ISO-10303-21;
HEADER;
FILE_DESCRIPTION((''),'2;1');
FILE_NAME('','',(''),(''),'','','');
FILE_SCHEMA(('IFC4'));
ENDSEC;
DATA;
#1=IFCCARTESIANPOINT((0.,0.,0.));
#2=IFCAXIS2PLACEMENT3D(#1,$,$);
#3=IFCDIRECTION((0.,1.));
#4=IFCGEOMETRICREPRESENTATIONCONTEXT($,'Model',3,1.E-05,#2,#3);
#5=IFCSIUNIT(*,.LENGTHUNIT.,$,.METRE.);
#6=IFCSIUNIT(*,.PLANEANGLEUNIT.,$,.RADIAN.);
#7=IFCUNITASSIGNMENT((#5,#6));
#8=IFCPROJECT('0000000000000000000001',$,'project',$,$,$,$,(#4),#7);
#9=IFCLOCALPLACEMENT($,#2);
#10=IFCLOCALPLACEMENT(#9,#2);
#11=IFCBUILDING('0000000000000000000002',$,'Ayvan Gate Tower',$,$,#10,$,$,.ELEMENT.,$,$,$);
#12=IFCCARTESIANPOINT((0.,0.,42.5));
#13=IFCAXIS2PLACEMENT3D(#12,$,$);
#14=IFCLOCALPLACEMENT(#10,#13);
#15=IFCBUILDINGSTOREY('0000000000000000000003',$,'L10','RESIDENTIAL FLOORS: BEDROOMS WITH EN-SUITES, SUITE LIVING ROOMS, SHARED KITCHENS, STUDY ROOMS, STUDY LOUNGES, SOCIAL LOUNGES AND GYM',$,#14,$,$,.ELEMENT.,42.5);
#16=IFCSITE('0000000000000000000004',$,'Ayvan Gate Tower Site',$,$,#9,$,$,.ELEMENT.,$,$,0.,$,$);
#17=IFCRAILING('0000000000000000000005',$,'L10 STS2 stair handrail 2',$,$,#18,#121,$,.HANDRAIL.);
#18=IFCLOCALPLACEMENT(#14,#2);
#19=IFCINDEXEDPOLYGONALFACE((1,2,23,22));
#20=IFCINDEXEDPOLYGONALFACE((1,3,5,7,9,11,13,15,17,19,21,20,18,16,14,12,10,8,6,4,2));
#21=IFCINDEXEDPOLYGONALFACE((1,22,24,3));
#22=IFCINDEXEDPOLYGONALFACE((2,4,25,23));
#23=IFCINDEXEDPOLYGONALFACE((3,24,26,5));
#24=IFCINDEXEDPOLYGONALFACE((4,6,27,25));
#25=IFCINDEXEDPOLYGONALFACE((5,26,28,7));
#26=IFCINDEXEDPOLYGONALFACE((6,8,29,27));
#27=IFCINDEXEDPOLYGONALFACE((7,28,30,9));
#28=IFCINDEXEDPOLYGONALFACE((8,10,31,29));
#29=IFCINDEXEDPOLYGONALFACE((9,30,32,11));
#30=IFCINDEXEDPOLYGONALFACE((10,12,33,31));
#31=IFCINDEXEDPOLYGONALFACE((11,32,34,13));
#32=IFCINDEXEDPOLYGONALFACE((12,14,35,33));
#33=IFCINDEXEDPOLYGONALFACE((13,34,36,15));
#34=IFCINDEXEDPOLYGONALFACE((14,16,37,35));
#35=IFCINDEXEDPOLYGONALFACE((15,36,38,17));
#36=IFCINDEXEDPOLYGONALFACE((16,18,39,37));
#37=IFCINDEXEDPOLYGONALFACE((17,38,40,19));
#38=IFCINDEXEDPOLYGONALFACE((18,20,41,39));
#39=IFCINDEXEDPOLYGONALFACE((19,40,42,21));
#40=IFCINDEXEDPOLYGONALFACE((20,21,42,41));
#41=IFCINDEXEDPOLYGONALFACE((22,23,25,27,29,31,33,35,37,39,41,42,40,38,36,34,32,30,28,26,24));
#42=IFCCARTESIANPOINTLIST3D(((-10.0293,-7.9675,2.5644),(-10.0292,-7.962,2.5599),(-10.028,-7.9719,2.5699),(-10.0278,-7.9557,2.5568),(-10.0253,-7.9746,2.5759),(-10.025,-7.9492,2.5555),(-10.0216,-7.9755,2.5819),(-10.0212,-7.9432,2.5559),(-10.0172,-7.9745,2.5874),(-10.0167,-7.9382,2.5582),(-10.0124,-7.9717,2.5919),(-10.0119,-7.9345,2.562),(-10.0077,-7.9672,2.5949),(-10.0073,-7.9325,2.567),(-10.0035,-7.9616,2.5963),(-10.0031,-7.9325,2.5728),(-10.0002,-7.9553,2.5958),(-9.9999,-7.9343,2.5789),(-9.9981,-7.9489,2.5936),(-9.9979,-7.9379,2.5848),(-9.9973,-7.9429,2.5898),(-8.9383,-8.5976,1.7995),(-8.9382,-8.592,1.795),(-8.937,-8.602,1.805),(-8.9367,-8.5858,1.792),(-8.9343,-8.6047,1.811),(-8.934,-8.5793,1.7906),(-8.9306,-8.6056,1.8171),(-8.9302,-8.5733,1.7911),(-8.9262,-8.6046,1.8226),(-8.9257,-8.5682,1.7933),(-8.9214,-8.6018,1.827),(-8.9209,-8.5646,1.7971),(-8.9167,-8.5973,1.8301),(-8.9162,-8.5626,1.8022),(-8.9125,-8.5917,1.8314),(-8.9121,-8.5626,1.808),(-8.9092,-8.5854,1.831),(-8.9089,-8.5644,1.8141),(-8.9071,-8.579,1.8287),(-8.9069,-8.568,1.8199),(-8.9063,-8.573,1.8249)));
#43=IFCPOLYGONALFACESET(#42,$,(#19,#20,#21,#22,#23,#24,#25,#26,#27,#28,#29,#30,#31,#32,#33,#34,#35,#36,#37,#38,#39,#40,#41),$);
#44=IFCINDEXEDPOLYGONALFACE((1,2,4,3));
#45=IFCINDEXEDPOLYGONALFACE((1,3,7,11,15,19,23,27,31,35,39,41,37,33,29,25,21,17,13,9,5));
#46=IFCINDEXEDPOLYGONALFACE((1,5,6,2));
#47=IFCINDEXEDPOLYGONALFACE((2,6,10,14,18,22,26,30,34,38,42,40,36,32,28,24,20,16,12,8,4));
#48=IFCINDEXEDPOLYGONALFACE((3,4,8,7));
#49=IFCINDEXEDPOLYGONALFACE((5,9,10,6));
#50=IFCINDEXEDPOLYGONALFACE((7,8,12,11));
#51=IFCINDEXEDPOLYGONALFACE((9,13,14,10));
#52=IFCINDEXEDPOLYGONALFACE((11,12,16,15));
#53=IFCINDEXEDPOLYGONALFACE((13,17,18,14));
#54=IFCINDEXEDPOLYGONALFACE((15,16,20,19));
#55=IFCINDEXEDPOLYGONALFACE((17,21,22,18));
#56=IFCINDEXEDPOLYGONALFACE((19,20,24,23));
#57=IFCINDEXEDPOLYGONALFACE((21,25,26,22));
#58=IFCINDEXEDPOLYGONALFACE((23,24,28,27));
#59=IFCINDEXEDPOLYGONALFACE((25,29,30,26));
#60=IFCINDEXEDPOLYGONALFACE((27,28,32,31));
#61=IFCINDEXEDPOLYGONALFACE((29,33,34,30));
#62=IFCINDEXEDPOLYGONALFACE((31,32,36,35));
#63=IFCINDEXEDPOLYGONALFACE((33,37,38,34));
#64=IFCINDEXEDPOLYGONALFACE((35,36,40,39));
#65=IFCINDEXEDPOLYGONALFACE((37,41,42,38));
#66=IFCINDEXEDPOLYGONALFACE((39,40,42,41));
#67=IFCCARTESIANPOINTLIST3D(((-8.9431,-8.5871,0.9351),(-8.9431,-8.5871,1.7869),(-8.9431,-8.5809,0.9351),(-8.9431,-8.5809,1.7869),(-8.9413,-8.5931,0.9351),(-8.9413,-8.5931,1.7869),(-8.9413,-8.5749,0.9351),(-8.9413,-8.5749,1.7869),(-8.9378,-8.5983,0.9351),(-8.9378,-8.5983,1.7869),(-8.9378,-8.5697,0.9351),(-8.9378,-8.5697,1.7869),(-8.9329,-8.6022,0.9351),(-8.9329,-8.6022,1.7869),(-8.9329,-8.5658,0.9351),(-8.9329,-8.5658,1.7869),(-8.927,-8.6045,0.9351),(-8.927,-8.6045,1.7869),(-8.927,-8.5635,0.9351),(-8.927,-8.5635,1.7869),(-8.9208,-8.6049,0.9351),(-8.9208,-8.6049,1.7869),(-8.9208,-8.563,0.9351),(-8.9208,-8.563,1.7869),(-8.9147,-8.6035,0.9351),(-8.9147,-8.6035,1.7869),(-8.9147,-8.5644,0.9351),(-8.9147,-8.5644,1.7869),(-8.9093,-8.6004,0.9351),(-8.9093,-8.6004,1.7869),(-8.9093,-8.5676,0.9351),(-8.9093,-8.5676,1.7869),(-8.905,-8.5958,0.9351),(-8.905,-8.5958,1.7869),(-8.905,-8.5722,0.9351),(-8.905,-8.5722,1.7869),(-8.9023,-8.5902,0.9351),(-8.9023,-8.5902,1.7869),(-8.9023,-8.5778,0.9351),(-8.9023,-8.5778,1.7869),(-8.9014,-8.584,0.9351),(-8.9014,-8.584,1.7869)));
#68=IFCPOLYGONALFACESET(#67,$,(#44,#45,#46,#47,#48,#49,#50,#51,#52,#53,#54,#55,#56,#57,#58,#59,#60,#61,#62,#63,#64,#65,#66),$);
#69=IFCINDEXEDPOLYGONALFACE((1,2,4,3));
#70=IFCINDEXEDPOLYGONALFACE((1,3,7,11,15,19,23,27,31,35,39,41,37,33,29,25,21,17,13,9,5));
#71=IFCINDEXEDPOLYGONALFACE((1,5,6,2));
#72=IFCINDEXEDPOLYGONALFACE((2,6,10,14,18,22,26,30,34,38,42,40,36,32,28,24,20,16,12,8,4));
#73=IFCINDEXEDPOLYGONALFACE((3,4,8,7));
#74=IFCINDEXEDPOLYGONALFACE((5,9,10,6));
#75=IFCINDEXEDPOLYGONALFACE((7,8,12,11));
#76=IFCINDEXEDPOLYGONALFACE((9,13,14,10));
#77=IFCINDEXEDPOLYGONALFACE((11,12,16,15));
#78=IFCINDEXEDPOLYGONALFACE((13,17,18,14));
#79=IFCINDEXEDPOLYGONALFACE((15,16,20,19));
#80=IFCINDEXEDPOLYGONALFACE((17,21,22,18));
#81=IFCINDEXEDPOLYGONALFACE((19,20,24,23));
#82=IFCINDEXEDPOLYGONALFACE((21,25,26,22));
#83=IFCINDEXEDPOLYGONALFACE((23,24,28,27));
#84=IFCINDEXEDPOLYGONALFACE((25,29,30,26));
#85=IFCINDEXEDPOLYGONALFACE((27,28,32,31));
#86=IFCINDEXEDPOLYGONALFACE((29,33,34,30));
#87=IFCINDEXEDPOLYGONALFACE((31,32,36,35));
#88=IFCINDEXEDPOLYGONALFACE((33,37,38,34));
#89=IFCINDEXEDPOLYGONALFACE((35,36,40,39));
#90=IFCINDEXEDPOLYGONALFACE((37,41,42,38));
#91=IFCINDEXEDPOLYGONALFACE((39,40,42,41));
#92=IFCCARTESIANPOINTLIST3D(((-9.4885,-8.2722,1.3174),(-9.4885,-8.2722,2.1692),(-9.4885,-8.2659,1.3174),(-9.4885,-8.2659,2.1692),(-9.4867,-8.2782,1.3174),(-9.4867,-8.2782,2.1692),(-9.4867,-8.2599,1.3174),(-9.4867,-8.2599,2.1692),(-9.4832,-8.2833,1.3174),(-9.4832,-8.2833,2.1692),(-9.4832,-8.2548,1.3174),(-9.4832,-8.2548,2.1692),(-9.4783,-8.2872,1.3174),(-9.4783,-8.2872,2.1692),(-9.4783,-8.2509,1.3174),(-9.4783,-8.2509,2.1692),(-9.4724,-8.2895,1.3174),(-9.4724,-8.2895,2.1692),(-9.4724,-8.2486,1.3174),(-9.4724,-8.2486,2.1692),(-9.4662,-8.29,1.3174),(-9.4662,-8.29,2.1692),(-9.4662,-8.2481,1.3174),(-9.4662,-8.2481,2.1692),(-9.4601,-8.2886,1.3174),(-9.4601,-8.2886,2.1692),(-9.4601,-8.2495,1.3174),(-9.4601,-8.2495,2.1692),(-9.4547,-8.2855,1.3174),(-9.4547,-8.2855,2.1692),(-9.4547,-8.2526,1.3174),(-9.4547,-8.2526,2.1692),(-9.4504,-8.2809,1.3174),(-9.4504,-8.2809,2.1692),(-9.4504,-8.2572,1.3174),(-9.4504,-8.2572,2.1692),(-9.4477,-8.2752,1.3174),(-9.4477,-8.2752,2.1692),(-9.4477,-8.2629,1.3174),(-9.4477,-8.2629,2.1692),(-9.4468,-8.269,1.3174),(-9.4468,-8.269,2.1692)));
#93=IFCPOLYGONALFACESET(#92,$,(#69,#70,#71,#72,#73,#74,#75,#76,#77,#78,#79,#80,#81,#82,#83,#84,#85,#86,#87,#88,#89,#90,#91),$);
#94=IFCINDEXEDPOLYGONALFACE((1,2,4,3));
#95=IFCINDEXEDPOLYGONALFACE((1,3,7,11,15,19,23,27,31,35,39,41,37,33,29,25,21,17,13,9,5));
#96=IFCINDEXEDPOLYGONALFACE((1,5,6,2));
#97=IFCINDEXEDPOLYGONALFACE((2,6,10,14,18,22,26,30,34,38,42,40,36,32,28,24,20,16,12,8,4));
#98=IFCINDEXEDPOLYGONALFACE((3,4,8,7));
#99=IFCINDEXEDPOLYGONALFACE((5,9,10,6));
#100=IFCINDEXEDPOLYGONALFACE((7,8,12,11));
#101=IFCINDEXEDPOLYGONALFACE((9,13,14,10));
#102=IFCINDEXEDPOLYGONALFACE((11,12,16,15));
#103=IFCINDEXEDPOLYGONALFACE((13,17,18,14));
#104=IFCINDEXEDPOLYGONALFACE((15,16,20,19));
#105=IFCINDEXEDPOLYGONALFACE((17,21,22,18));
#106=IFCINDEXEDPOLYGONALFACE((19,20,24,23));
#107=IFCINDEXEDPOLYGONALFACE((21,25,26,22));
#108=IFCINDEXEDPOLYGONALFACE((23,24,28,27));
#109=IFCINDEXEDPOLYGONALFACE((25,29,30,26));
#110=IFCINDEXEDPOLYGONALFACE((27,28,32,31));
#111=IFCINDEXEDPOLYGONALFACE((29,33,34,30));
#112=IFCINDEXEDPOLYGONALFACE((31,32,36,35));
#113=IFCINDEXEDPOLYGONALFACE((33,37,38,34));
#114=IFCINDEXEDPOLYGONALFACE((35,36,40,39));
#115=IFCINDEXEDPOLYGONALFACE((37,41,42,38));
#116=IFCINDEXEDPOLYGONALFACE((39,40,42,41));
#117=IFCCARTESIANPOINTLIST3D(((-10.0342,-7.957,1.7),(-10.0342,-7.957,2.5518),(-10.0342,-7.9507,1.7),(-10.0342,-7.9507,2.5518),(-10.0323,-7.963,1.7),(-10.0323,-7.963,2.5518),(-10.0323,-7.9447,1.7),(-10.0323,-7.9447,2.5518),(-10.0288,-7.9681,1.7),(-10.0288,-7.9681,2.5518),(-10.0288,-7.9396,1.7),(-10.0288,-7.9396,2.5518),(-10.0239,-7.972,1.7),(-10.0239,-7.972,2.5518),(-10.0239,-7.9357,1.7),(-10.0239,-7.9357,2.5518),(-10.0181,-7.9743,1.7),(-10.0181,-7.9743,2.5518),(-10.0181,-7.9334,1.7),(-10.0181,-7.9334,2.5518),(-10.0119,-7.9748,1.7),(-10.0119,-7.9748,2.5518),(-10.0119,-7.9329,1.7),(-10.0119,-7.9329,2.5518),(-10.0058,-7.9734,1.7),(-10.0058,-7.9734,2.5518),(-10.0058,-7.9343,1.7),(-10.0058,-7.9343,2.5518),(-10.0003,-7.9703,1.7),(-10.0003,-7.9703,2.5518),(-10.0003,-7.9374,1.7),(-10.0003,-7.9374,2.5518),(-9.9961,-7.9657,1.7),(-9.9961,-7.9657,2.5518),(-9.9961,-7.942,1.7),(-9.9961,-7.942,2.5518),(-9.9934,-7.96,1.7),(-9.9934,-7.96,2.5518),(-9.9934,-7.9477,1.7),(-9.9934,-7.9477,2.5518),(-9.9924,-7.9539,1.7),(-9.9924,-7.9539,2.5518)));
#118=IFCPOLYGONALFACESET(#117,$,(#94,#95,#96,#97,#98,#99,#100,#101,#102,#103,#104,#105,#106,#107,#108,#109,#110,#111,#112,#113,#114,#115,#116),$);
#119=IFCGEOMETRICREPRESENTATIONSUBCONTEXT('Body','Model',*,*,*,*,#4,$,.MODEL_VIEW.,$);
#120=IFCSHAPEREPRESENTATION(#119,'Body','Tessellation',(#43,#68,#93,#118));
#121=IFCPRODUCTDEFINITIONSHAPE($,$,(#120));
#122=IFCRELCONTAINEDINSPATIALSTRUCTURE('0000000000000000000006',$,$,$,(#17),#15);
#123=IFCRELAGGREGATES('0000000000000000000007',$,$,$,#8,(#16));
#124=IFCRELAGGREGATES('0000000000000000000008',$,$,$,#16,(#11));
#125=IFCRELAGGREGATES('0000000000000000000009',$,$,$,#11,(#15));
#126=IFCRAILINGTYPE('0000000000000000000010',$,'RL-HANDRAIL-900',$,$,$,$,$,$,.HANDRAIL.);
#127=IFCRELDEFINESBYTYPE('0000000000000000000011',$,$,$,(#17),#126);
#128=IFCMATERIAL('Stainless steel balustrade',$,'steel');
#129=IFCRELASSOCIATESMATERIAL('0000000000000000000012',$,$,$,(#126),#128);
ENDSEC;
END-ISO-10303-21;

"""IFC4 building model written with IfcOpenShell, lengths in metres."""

from ifc_helpers import new_model, si_unit, direction, frame, origin, origin_2d, place, context, subcontext, project, spatial, circle, extrude, material, type_object, element, save


model = new_model("IFC4")

# Units and contexts
model_context = context("Model", 3, precision=1e-05, world=origin(), true_north=direction((0.0, 1.0)))
body_context = subcontext(model_context, "Body", "Model", "MODEL_VIEW")
ifc_project = project(units=[si_unit("LENGTHUNIT", "METRE"), si_unit("PLANEANGLEUNIT", "RADIAN")], contexts=[model_context])

# Site, building, storey
site_placement = place(None, origin())
site = spatial("IfcSite", under=ifc_project, at=site_placement, Name="Ayvan Gate Tower Site", CompositionType="ELEMENT", RefElevation=0.0)
building_placement = place(site_placement, origin())
building = spatial("IfcBuilding", under=site, at=building_placement, Name="Ayvan Gate Tower", CompositionType="ELEMENT")
storey_placement = place(building_placement, frame((0.0, 0.0, 42.5)))
storey = spatial("IfcBuildingStorey", under=building, at=storey_placement, Name="L10", Description="RESIDENTIAL FLOORS: BEDROOMS WITH EN-SUITES, SUITE LIVING ROOMS, SHARED KITCHENS, STUDY ROOMS, STUDY LOUNGES, SOCIAL LOUNGES AND GYM", CompositionType="ELEMENT", Elevation=42.5)

# Railing
ifc_material_1 = material(Name="Stainless steel balustrade", Category="steel")
railing_type_1 = type_object("IfcRailingType", Name="RL-HANDRAIL-900", PredefinedType="HANDRAIL", material=ifc_material_1)
railing_1_placement = place(storey_placement, frame((-8.9224, -8.584, 0.9351)))
element("IfcRailing", 1, at=railing_1_placement, inside=storey, type_object=railing_type_1, Name="L10 STS2 stair handrail 2", PredefinedType="HANDRAIL", context=body_context, shape_type="SweptSolid", body=[
    extrude(circle(Radius=0.0239, at=origin_2d()), frame((0.0, 0.0, 0.876), z_axis=(-0.740229, 0.427508, 0.518939), x_axis=(-0.500119, -0.865956, 0.0)), (0.0, 0.0, 1.0), 1.4739),
    extrude(circle(Radius=0.021, at=origin_2d()), origin(), (0.0, 0.0, 1.0), 0.8518),
    extrude(circle(Radius=0.021, at=origin_2d()), frame((-0.5454, 0.3149, 0.3823)), (0.0, 0.0, 1.0), 0.8518),
    extrude(circle(Radius=0.021, at=origin_2d()), frame((-1.0911, 0.6301, 0.7649)), (0.0, 0.0, 1.0), 0.8518),
])

save(model, "model.ifc")
